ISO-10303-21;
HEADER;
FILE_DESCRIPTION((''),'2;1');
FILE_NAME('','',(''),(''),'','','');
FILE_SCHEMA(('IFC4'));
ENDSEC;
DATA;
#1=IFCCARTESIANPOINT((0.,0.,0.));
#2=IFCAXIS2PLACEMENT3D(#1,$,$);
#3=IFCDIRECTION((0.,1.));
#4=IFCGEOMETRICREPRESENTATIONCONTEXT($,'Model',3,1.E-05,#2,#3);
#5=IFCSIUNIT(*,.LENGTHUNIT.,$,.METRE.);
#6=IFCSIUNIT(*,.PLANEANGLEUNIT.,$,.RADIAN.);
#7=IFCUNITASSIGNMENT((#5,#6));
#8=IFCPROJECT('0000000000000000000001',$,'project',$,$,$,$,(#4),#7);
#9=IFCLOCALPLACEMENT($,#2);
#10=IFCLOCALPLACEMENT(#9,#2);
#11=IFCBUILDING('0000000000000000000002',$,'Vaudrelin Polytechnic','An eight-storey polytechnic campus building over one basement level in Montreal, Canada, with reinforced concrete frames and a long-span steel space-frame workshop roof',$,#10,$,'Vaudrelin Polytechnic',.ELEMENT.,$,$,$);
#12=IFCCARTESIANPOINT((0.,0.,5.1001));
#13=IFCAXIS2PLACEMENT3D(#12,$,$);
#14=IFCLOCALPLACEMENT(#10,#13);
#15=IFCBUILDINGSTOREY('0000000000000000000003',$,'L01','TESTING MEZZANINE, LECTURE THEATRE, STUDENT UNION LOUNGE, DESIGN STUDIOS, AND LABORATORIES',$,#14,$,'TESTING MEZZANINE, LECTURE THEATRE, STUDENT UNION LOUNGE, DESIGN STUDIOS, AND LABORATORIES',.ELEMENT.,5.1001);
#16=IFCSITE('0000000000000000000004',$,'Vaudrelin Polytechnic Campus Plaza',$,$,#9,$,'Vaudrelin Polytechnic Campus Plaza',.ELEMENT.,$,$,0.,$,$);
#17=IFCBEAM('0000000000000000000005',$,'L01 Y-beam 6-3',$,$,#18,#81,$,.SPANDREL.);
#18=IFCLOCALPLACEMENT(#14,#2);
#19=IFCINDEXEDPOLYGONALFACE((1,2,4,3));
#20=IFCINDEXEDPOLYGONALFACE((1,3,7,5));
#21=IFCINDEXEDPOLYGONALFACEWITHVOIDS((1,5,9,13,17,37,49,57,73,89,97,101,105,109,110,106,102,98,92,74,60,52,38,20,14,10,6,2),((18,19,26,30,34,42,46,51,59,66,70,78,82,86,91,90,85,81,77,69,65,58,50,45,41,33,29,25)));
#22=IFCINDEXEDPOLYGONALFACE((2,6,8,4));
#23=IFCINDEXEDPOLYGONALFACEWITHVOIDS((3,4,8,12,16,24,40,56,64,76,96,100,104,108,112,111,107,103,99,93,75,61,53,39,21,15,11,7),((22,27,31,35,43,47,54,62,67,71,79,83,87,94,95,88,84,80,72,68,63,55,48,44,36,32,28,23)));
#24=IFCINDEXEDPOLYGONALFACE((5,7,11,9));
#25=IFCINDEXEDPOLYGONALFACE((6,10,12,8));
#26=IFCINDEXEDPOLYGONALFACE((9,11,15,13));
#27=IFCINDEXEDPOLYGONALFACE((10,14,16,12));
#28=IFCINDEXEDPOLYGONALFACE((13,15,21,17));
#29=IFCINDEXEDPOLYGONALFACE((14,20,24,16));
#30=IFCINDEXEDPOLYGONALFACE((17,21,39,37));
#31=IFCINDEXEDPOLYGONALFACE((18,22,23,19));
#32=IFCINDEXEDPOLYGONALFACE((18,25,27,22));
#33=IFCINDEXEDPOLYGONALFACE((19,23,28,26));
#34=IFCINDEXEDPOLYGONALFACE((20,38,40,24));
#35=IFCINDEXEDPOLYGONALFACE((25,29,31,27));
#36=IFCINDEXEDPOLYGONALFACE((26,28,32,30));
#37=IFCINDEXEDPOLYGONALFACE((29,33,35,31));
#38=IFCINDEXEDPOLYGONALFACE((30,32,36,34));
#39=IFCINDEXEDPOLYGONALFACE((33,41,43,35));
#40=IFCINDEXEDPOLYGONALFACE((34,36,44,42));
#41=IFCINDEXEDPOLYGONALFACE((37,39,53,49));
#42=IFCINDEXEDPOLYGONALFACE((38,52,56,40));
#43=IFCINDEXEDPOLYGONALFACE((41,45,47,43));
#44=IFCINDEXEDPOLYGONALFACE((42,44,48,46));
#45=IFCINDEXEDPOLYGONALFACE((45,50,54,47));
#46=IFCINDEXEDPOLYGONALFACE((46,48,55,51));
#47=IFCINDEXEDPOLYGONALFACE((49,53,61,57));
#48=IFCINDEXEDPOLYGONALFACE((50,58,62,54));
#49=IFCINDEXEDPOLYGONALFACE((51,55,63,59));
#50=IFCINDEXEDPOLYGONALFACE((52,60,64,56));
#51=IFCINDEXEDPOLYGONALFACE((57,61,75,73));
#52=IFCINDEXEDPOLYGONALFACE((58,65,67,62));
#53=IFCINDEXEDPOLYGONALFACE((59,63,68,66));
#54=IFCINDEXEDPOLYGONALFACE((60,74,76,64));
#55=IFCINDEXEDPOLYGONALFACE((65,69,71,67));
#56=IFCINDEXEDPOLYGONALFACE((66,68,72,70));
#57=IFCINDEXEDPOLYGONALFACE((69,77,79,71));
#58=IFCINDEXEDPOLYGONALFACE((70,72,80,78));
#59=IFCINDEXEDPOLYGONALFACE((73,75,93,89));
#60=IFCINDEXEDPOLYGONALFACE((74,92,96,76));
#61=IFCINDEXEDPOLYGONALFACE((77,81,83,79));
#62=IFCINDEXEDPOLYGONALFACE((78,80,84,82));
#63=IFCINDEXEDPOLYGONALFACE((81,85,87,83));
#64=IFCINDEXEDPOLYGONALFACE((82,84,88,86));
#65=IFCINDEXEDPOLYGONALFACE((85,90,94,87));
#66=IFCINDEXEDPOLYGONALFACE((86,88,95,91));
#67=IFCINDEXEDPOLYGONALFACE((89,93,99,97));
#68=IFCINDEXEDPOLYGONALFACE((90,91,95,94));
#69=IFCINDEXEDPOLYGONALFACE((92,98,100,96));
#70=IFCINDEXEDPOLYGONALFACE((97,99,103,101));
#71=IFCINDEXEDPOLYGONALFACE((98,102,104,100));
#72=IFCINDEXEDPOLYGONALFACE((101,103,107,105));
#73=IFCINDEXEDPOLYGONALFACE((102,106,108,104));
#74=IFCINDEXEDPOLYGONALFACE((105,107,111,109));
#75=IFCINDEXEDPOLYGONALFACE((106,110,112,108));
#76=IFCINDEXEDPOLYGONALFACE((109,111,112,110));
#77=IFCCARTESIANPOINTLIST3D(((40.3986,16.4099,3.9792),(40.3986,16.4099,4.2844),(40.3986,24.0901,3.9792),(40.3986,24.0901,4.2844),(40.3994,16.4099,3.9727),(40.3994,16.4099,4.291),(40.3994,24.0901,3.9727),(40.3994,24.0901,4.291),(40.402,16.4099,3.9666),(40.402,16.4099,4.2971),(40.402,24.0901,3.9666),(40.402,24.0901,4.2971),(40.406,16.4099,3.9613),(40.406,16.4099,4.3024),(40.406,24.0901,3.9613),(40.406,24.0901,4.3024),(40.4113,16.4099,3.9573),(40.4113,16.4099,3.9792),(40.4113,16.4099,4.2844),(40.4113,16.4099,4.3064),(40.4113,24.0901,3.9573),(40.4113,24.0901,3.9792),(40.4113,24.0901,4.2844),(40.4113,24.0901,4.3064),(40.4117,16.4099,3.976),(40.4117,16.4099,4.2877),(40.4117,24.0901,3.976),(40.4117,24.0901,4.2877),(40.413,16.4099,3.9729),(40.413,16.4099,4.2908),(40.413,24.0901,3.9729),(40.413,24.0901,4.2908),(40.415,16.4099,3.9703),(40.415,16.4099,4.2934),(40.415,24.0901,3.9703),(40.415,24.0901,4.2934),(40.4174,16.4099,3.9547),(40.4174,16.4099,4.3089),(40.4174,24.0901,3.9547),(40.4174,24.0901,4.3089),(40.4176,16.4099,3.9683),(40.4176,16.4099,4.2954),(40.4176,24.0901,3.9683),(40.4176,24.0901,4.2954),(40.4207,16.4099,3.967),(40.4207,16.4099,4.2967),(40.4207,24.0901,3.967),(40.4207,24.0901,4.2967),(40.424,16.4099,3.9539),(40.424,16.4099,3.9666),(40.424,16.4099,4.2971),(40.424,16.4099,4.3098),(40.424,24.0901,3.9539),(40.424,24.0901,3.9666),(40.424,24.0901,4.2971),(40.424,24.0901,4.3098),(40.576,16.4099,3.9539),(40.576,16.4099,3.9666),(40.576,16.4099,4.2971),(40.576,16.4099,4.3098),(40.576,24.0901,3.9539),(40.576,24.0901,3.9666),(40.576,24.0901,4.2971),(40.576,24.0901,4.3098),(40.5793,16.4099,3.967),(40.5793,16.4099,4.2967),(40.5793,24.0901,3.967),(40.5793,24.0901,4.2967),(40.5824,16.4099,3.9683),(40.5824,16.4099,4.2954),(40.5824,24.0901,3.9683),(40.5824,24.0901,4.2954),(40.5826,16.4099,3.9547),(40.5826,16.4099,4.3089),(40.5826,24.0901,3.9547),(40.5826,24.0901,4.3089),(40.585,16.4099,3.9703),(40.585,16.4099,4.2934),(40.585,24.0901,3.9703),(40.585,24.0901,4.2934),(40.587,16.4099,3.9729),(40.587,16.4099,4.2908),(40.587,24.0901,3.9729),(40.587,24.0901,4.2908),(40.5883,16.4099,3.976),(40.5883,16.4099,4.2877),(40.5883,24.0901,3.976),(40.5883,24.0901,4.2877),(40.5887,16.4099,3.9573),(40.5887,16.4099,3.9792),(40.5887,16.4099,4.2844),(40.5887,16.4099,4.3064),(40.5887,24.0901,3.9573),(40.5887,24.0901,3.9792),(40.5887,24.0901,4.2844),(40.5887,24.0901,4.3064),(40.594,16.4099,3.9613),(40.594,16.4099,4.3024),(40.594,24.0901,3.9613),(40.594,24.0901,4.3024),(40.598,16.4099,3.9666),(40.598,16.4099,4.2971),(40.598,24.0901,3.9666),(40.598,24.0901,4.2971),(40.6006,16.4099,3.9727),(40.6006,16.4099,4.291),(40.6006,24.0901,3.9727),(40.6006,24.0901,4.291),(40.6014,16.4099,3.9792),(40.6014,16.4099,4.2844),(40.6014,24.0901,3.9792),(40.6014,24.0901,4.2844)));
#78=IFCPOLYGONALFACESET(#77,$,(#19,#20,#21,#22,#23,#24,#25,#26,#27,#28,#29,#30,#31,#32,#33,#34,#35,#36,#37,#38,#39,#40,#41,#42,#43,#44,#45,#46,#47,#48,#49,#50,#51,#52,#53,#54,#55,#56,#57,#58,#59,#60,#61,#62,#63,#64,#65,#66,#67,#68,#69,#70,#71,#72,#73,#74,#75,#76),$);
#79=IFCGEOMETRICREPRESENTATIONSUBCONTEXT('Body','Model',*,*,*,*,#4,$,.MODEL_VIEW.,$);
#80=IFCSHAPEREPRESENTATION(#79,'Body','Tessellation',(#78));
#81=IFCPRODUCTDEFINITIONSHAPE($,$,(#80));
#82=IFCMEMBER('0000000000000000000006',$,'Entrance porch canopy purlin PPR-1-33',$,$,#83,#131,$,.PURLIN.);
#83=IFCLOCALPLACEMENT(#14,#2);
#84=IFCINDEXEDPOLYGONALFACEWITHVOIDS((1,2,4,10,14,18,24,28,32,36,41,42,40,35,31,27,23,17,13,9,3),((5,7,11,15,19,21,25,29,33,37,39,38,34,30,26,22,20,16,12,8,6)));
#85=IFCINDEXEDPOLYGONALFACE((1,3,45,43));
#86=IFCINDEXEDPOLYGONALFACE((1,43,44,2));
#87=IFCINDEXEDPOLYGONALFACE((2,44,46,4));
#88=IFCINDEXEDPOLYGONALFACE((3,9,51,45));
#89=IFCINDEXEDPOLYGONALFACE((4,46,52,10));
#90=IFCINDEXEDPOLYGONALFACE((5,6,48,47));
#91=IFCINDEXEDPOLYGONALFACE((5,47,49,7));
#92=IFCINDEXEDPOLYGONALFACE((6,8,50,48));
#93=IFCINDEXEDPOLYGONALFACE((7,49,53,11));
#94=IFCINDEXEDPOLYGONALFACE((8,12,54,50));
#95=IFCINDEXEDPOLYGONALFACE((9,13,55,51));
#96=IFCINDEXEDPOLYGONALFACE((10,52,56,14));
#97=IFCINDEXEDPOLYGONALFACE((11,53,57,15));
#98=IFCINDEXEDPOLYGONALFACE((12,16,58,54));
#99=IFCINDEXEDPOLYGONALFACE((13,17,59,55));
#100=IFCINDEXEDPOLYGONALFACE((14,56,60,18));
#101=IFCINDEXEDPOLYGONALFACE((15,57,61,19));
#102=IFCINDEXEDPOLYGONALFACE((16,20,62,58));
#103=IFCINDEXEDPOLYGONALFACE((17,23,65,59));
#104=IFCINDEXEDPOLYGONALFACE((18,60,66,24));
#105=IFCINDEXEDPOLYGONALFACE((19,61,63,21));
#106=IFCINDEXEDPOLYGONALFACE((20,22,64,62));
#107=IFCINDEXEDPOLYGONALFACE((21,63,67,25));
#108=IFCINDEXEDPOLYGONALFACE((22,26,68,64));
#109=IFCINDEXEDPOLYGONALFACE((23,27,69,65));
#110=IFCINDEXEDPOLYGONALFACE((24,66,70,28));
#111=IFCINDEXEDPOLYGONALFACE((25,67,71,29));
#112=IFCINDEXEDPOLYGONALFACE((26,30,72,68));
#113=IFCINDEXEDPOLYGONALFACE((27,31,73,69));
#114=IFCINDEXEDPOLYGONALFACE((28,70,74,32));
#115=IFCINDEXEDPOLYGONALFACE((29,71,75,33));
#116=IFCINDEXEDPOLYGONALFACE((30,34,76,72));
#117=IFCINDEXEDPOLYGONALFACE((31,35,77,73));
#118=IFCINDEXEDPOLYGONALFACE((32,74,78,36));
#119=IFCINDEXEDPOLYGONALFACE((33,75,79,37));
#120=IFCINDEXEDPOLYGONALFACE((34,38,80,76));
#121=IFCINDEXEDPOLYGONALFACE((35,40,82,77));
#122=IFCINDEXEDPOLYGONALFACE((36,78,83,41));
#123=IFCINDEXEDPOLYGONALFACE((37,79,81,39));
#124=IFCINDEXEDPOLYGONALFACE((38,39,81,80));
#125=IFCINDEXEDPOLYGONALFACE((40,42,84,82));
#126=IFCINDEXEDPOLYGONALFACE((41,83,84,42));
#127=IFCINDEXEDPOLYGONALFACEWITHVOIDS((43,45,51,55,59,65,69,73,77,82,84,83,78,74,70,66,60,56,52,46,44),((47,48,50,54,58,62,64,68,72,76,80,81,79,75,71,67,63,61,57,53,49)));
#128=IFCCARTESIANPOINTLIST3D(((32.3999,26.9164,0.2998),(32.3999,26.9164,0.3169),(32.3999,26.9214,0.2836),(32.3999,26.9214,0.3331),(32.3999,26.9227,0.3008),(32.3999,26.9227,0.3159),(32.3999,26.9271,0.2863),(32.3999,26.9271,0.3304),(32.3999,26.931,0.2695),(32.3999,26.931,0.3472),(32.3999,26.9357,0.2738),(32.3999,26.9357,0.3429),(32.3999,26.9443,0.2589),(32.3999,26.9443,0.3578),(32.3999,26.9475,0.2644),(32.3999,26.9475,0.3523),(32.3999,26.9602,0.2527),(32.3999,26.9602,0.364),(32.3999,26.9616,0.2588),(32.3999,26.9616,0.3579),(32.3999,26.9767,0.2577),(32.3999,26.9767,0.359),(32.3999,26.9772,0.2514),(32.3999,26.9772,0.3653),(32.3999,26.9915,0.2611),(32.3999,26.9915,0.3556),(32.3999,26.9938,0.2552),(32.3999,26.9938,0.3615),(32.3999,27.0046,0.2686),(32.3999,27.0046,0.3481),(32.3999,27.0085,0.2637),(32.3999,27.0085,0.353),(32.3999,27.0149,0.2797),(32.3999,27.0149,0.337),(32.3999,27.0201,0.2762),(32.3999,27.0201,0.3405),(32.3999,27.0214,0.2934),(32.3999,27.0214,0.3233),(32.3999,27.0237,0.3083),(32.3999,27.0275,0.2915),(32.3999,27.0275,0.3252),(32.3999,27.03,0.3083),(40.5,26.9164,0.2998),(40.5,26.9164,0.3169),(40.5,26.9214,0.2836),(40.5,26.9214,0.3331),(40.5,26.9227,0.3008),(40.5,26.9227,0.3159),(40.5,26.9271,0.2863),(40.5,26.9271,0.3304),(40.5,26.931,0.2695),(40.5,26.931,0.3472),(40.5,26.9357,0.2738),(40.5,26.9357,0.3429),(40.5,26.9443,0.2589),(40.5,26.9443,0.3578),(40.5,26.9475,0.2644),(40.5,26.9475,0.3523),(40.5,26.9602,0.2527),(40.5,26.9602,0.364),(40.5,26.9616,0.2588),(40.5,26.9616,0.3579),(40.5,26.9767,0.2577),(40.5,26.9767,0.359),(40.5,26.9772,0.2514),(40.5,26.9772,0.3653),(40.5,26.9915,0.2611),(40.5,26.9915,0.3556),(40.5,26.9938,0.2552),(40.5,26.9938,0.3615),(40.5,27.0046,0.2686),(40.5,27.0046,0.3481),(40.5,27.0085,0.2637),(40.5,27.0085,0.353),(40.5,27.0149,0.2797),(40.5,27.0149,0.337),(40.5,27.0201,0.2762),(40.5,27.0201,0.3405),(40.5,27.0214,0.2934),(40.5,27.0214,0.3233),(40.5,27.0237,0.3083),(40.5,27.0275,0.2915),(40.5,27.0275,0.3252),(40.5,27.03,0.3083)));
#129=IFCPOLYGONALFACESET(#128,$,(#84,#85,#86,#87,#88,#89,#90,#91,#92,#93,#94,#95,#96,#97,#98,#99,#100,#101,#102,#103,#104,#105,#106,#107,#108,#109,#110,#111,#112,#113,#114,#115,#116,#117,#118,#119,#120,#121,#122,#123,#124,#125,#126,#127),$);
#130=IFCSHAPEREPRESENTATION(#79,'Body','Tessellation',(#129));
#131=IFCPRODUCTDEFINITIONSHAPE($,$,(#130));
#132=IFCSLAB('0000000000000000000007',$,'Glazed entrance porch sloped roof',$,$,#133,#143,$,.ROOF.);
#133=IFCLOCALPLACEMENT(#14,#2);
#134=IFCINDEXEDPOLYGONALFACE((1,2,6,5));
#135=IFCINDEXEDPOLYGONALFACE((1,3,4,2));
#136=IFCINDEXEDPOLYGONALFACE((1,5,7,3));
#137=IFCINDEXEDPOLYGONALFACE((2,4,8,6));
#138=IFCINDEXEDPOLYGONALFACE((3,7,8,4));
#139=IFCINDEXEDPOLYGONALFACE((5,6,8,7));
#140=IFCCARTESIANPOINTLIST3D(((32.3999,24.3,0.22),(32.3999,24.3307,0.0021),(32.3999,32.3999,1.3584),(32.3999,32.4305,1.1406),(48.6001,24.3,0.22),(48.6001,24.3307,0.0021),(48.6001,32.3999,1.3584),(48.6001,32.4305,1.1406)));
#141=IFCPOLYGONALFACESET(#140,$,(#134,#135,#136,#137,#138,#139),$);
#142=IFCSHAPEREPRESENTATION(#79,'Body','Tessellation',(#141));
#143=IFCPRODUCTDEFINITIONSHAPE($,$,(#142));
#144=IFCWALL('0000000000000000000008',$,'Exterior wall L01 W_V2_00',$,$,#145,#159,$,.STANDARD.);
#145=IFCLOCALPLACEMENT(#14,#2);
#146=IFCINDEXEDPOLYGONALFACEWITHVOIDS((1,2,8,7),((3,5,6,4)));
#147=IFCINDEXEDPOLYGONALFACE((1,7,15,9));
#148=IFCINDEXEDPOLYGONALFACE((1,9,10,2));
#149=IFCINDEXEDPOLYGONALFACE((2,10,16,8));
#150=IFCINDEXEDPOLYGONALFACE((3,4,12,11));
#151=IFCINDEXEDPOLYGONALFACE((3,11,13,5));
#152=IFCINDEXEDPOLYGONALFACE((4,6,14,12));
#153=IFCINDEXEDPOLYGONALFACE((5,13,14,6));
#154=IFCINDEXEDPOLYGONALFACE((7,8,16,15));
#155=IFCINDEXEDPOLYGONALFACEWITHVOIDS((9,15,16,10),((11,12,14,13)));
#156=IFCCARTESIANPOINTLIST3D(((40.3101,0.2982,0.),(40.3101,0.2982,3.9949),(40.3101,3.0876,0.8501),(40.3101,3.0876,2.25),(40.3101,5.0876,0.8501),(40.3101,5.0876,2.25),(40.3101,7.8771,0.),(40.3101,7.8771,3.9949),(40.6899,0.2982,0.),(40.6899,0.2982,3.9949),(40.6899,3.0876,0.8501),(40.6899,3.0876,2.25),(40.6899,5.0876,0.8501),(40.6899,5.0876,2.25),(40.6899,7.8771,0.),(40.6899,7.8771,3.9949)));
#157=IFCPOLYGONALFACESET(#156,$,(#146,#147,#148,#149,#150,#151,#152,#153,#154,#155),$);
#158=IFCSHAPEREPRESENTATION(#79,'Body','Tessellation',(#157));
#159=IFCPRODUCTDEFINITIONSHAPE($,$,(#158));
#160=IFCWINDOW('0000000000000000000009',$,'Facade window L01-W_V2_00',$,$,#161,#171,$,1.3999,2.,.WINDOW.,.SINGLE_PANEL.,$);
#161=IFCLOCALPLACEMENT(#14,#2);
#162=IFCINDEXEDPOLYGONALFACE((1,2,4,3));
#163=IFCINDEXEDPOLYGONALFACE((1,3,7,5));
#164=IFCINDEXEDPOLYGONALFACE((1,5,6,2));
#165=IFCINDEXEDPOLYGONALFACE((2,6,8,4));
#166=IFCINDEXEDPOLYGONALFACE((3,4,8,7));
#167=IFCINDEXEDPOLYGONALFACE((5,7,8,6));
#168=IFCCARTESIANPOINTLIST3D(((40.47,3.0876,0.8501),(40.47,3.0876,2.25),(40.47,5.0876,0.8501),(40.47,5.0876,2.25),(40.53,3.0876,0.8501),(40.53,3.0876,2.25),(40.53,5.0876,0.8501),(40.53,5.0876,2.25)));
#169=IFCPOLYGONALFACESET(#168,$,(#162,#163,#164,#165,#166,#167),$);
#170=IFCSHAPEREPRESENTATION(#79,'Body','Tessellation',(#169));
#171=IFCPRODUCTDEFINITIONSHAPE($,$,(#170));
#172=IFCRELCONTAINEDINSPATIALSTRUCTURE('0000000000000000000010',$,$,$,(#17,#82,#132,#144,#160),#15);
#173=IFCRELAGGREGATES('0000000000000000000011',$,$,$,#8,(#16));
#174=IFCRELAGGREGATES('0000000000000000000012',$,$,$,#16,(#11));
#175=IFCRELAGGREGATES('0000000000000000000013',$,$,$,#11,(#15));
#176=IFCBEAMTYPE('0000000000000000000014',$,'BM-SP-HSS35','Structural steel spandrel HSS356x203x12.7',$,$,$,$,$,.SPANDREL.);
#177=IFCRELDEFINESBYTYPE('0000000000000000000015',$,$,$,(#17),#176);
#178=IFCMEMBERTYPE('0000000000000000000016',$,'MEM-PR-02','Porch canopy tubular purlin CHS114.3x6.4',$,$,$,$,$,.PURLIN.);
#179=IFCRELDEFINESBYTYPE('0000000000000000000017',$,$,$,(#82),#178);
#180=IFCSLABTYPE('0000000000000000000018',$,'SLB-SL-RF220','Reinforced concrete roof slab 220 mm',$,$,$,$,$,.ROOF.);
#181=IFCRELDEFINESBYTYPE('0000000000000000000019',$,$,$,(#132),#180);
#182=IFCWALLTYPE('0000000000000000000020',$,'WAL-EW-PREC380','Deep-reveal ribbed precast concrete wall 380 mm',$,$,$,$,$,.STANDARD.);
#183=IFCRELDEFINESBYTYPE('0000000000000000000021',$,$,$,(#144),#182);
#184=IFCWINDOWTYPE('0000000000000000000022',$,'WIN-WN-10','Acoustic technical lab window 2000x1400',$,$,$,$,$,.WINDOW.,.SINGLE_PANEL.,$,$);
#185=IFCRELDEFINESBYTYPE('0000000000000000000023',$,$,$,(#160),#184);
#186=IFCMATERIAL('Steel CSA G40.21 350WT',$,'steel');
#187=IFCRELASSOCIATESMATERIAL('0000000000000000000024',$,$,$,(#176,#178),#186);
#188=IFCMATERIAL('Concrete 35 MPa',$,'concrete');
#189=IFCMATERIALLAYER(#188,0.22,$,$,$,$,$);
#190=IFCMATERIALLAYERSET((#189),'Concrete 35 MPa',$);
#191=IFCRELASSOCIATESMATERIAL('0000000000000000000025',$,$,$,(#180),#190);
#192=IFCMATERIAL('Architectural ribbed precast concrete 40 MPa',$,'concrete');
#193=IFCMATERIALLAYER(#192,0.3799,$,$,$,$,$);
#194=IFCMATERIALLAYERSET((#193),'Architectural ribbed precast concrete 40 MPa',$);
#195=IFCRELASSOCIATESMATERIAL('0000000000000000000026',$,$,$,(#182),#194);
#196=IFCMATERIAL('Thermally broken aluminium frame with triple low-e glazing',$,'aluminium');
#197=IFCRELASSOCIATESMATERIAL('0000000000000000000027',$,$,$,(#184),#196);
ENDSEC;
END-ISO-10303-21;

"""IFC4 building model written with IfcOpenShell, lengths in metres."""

from ifc_helpers import new_model, si_unit, direction, frame, frame_2d, origin, origin_2d, place, context, subcontext, project, spatial, polyline, rectangle, hollow_rectangle, hollow_circle, outline, extrude, material, layer, layer_set, material_profile, profile_set, type_object, element, fill, save


model = new_model("IFC4")

# Units and contexts
model_context = context("Model", 3, precision=1e-05, world=origin(), true_north=direction((0.0, 1.0)))
body_context = subcontext(model_context, "Body", "Model", "MODEL_VIEW")
ifc_project = project(units=[si_unit("LENGTHUNIT", "METRE"), si_unit("PLANEANGLEUNIT", "RADIAN")], contexts=[model_context])

# Site, building, storey
site_placement = place(None, origin())
site = spatial("IfcSite", under=ifc_project, at=site_placement, Name="Vaudrelin Polytechnic Campus Plaza", LongName="Vaudrelin Polytechnic Campus Plaza", CompositionType="ELEMENT", RefElevation=0.0)
building_placement = place(site_placement, origin())
building = spatial("IfcBuilding", under=site, at=building_placement, Name="Vaudrelin Polytechnic", Description="An eight-storey polytechnic campus building over one basement level in Montreal, Canada, with reinforced concrete frames and a long-span steel space-frame workshop roof", LongName="Vaudrelin Polytechnic", CompositionType="ELEMENT")
storey_placement = place(building_placement, frame((0.0, 0.0, 5.1001)))
storey = spatial("IfcBuildingStorey", under=building, at=storey_placement, Name="L01", Description="TESTING MEZZANINE, LECTURE THEATRE, STUDENT UNION LOUNGE, DESIGN STUDIOS, AND LABORATORIES", LongName="TESTING MEZZANINE, LECTURE THEATRE, STUDENT UNION LOUNGE, DESIGN STUDIOS, AND LABORATORIES", CompositionType="ELEMENT", Elevation=5.1001)

# Beam
ifc_material_1 = material(Name="Steel CSA G40.21 350WT", Category="steel")
ifc_material_profile_1 = material_profile(ifc_material_1, hollow_rectangle(XDim=0.2029, YDim=0.356, WallThickness=0.0127, InnerFilletRadius=0.0127, OuterFilletRadius=0.0254, at=origin_2d()), Name="HSS356x203x12.7")
ifc_profile_set_1 = profile_set([ifc_material_profile_1], Name="Steel CSA G40.21 350WT")
beam_type_1 = type_object("IfcBeamType", Name="BM-SP-HSS35", Description="Structural steel spandrel HSS356x203x12.7", PredefinedType="SPANDREL", material=ifc_profile_set_1)
beam_1_placement = place(storey_placement, frame((40.5, 16.4099, 4.1318), z_axis=(0.0, 1.0, 0.0), x_axis=(-1.0, 0.0, 0.0)))
element("IfcBeam", 1, at=beam_1_placement, inside=storey, type_object=beam_type_1, Name="L01 Y-beam 6-3", PredefinedType="SPANDREL", context=body_context, shape_type="SweptSolid", body=[
    extrude(hollow_rectangle(XDim=0.2029, YDim=0.356, WallThickness=0.0127, InnerFilletRadius=0.0127, OuterFilletRadius=0.0254, at=origin_2d()), origin(), (0.0, 0.0, 1.0), 7.6802),
])

# Member
ifc_material_profile_2 = material_profile(ifc_material_1, hollow_circle(Radius=0.0571, WallThickness=0.0063, at=origin_2d()), Name="CHS114.3x6.4")
ifc_profile_set_2 = profile_set([ifc_material_profile_2], Name="Steel CSA G40.21 350WT")
member_type = type_object("IfcMemberType", Name="MEM-PR-02", Description="Porch canopy tubular purlin CHS114.3x6.4", PredefinedType="PURLIN", material=ifc_profile_set_2)
member_placement = place(storey_placement, frame((32.3999, 26.9729, 0.3083), z_axis=(1.0, 0.0, 0.0), x_axis=(0.0, 1.0, 0.0)))
element("IfcMember", 2, at=member_placement, inside=storey, type_object=member_type, Name="Entrance porch canopy purlin PPR-1-33", PredefinedType="PURLIN", context=body_context, shape_type="SweptSolid", body=[
    extrude(hollow_circle(Radius=0.0571, WallThickness=0.0063, at=origin_2d()), origin(), (0.0, 0.0, 1.0), 8.1001),
])

# Slab
ifc_material_2 = material(Name="Concrete 35 MPa", Category="concrete")
ifc_layer_1 = layer(ifc_material_2, 0.22)
ifc_layer_set_1 = layer_set([ifc_layer_1], Name="Concrete 35 MPa")
slab_type = type_object("IfcSlabType", Name="SLB-SL-RF220", Description="Reinforced concrete roof slab 220 mm", PredefinedType="ROOF", material=ifc_layer_set_1)
slab_placement = place(storey_placement, frame((32.3999, 24.3, 0.22), z_axis=(0.0, -0.139181, 0.990267), x_axis=(1.0, 0.0, 0.0)))
element("IfcSlab", 3, at=slab_placement, inside=storey, type_object=slab_type, Name="Glazed entrance porch sloped roof", PredefinedType="ROOF", context=body_context, shape_type="SweptSolid", body=[
    extrude(outline(polyline([(0.0, 0.0), (16.2002, 0.0), (16.2002, 8.1795), (0.0, 8.1795), (0.0, 0.0)])), origin(), (0.0, 0.0, -1.0), 0.22),
])

# Wall, opening, window
ifc_material_3 = material(Name="Architectural ribbed precast concrete 40 MPa", Category="concrete")
ifc_layer_2 = layer(ifc_material_3, 0.3799)
ifc_layer_set_2 = layer_set([ifc_layer_2], Name="Architectural ribbed precast concrete 40 MPa")
wall_type = type_object("IfcWallType", Name="WAL-EW-PREC380", Description="Deep-reveal ribbed precast concrete wall 380 mm", PredefinedType="STANDARD", material=ifc_layer_set_2)
wall_1_placement = place(storey_placement, frame((40.5, 0.2981, 0.0), z_axis=(0.0, 0.0, 1.0), x_axis=(0.0, 1.0, 0.0)))
wall_1 = element("IfcWall", 4, at=wall_1_placement, inside=storey, type_object=wall_type, Name="Exterior wall L01 W_V2_00", PredefinedType="STANDARD", context=body_context, shape_type="SweptSolid", body=[
    extrude(rectangle(XDim=7.5789, YDim=0.3799, at=frame_2d((3.7896, 0.0))), origin(), (0.0, 0.0, 1.0), 3.9949),
])
opening_1_placement = place(wall_1_placement, frame((2.7896, 0.0, 0.8501)))
opening_1 = element("IfcOpeningElement", 5, at=opening_1_placement, cuts=wall_1, PredefinedType="OPENING", context=body_context, shape_type="SweptSolid", body=[
    extrude(rectangle(XDim=2.0, YDim=1.3999, at=frame_2d((1.0, 0.7))), frame((0.0, 0.2, 0.0), z_axis=(0.0, -1.0, 0.0), x_axis=(1.0, 0.0, 0.0)), (0.0, 0.0, 1.0), 0.3999),
])
ifc_material_4 = material(Name="Thermally broken aluminium frame with triple low-e glazing", Category="aluminium")
window_type_1 = type_object("IfcWindowType", Name="WIN-WN-10", Description="Acoustic technical lab window 2000x1400", PartitioningType="SINGLE_PANEL", PredefinedType="WINDOW", material=ifc_material_4)
window_1_placement = place(opening_1_placement, origin())
window_1 = element("IfcWindow", 6, at=window_1_placement, inside=storey, type_object=window_type_1, Name="Facade window L01-W_V2_00", OverallHeight=1.3999, OverallWidth=2.0, PartitioningType="SINGLE_PANEL", PredefinedType="WINDOW", context=body_context, shape_type="SweptSolid", body=[
    extrude(rectangle(XDim=2.0, YDim=1.3999, at=frame_2d((1.0, 0.7))), frame((0.0, 0.03, 0.0), z_axis=(0.0, -1.0, 0.0), x_axis=(1.0, 0.0, 0.0)), (0.0, 0.0, 1.0), 0.0601),
])
fill(opening_1, window_1)

save(model, "model.ifc")
